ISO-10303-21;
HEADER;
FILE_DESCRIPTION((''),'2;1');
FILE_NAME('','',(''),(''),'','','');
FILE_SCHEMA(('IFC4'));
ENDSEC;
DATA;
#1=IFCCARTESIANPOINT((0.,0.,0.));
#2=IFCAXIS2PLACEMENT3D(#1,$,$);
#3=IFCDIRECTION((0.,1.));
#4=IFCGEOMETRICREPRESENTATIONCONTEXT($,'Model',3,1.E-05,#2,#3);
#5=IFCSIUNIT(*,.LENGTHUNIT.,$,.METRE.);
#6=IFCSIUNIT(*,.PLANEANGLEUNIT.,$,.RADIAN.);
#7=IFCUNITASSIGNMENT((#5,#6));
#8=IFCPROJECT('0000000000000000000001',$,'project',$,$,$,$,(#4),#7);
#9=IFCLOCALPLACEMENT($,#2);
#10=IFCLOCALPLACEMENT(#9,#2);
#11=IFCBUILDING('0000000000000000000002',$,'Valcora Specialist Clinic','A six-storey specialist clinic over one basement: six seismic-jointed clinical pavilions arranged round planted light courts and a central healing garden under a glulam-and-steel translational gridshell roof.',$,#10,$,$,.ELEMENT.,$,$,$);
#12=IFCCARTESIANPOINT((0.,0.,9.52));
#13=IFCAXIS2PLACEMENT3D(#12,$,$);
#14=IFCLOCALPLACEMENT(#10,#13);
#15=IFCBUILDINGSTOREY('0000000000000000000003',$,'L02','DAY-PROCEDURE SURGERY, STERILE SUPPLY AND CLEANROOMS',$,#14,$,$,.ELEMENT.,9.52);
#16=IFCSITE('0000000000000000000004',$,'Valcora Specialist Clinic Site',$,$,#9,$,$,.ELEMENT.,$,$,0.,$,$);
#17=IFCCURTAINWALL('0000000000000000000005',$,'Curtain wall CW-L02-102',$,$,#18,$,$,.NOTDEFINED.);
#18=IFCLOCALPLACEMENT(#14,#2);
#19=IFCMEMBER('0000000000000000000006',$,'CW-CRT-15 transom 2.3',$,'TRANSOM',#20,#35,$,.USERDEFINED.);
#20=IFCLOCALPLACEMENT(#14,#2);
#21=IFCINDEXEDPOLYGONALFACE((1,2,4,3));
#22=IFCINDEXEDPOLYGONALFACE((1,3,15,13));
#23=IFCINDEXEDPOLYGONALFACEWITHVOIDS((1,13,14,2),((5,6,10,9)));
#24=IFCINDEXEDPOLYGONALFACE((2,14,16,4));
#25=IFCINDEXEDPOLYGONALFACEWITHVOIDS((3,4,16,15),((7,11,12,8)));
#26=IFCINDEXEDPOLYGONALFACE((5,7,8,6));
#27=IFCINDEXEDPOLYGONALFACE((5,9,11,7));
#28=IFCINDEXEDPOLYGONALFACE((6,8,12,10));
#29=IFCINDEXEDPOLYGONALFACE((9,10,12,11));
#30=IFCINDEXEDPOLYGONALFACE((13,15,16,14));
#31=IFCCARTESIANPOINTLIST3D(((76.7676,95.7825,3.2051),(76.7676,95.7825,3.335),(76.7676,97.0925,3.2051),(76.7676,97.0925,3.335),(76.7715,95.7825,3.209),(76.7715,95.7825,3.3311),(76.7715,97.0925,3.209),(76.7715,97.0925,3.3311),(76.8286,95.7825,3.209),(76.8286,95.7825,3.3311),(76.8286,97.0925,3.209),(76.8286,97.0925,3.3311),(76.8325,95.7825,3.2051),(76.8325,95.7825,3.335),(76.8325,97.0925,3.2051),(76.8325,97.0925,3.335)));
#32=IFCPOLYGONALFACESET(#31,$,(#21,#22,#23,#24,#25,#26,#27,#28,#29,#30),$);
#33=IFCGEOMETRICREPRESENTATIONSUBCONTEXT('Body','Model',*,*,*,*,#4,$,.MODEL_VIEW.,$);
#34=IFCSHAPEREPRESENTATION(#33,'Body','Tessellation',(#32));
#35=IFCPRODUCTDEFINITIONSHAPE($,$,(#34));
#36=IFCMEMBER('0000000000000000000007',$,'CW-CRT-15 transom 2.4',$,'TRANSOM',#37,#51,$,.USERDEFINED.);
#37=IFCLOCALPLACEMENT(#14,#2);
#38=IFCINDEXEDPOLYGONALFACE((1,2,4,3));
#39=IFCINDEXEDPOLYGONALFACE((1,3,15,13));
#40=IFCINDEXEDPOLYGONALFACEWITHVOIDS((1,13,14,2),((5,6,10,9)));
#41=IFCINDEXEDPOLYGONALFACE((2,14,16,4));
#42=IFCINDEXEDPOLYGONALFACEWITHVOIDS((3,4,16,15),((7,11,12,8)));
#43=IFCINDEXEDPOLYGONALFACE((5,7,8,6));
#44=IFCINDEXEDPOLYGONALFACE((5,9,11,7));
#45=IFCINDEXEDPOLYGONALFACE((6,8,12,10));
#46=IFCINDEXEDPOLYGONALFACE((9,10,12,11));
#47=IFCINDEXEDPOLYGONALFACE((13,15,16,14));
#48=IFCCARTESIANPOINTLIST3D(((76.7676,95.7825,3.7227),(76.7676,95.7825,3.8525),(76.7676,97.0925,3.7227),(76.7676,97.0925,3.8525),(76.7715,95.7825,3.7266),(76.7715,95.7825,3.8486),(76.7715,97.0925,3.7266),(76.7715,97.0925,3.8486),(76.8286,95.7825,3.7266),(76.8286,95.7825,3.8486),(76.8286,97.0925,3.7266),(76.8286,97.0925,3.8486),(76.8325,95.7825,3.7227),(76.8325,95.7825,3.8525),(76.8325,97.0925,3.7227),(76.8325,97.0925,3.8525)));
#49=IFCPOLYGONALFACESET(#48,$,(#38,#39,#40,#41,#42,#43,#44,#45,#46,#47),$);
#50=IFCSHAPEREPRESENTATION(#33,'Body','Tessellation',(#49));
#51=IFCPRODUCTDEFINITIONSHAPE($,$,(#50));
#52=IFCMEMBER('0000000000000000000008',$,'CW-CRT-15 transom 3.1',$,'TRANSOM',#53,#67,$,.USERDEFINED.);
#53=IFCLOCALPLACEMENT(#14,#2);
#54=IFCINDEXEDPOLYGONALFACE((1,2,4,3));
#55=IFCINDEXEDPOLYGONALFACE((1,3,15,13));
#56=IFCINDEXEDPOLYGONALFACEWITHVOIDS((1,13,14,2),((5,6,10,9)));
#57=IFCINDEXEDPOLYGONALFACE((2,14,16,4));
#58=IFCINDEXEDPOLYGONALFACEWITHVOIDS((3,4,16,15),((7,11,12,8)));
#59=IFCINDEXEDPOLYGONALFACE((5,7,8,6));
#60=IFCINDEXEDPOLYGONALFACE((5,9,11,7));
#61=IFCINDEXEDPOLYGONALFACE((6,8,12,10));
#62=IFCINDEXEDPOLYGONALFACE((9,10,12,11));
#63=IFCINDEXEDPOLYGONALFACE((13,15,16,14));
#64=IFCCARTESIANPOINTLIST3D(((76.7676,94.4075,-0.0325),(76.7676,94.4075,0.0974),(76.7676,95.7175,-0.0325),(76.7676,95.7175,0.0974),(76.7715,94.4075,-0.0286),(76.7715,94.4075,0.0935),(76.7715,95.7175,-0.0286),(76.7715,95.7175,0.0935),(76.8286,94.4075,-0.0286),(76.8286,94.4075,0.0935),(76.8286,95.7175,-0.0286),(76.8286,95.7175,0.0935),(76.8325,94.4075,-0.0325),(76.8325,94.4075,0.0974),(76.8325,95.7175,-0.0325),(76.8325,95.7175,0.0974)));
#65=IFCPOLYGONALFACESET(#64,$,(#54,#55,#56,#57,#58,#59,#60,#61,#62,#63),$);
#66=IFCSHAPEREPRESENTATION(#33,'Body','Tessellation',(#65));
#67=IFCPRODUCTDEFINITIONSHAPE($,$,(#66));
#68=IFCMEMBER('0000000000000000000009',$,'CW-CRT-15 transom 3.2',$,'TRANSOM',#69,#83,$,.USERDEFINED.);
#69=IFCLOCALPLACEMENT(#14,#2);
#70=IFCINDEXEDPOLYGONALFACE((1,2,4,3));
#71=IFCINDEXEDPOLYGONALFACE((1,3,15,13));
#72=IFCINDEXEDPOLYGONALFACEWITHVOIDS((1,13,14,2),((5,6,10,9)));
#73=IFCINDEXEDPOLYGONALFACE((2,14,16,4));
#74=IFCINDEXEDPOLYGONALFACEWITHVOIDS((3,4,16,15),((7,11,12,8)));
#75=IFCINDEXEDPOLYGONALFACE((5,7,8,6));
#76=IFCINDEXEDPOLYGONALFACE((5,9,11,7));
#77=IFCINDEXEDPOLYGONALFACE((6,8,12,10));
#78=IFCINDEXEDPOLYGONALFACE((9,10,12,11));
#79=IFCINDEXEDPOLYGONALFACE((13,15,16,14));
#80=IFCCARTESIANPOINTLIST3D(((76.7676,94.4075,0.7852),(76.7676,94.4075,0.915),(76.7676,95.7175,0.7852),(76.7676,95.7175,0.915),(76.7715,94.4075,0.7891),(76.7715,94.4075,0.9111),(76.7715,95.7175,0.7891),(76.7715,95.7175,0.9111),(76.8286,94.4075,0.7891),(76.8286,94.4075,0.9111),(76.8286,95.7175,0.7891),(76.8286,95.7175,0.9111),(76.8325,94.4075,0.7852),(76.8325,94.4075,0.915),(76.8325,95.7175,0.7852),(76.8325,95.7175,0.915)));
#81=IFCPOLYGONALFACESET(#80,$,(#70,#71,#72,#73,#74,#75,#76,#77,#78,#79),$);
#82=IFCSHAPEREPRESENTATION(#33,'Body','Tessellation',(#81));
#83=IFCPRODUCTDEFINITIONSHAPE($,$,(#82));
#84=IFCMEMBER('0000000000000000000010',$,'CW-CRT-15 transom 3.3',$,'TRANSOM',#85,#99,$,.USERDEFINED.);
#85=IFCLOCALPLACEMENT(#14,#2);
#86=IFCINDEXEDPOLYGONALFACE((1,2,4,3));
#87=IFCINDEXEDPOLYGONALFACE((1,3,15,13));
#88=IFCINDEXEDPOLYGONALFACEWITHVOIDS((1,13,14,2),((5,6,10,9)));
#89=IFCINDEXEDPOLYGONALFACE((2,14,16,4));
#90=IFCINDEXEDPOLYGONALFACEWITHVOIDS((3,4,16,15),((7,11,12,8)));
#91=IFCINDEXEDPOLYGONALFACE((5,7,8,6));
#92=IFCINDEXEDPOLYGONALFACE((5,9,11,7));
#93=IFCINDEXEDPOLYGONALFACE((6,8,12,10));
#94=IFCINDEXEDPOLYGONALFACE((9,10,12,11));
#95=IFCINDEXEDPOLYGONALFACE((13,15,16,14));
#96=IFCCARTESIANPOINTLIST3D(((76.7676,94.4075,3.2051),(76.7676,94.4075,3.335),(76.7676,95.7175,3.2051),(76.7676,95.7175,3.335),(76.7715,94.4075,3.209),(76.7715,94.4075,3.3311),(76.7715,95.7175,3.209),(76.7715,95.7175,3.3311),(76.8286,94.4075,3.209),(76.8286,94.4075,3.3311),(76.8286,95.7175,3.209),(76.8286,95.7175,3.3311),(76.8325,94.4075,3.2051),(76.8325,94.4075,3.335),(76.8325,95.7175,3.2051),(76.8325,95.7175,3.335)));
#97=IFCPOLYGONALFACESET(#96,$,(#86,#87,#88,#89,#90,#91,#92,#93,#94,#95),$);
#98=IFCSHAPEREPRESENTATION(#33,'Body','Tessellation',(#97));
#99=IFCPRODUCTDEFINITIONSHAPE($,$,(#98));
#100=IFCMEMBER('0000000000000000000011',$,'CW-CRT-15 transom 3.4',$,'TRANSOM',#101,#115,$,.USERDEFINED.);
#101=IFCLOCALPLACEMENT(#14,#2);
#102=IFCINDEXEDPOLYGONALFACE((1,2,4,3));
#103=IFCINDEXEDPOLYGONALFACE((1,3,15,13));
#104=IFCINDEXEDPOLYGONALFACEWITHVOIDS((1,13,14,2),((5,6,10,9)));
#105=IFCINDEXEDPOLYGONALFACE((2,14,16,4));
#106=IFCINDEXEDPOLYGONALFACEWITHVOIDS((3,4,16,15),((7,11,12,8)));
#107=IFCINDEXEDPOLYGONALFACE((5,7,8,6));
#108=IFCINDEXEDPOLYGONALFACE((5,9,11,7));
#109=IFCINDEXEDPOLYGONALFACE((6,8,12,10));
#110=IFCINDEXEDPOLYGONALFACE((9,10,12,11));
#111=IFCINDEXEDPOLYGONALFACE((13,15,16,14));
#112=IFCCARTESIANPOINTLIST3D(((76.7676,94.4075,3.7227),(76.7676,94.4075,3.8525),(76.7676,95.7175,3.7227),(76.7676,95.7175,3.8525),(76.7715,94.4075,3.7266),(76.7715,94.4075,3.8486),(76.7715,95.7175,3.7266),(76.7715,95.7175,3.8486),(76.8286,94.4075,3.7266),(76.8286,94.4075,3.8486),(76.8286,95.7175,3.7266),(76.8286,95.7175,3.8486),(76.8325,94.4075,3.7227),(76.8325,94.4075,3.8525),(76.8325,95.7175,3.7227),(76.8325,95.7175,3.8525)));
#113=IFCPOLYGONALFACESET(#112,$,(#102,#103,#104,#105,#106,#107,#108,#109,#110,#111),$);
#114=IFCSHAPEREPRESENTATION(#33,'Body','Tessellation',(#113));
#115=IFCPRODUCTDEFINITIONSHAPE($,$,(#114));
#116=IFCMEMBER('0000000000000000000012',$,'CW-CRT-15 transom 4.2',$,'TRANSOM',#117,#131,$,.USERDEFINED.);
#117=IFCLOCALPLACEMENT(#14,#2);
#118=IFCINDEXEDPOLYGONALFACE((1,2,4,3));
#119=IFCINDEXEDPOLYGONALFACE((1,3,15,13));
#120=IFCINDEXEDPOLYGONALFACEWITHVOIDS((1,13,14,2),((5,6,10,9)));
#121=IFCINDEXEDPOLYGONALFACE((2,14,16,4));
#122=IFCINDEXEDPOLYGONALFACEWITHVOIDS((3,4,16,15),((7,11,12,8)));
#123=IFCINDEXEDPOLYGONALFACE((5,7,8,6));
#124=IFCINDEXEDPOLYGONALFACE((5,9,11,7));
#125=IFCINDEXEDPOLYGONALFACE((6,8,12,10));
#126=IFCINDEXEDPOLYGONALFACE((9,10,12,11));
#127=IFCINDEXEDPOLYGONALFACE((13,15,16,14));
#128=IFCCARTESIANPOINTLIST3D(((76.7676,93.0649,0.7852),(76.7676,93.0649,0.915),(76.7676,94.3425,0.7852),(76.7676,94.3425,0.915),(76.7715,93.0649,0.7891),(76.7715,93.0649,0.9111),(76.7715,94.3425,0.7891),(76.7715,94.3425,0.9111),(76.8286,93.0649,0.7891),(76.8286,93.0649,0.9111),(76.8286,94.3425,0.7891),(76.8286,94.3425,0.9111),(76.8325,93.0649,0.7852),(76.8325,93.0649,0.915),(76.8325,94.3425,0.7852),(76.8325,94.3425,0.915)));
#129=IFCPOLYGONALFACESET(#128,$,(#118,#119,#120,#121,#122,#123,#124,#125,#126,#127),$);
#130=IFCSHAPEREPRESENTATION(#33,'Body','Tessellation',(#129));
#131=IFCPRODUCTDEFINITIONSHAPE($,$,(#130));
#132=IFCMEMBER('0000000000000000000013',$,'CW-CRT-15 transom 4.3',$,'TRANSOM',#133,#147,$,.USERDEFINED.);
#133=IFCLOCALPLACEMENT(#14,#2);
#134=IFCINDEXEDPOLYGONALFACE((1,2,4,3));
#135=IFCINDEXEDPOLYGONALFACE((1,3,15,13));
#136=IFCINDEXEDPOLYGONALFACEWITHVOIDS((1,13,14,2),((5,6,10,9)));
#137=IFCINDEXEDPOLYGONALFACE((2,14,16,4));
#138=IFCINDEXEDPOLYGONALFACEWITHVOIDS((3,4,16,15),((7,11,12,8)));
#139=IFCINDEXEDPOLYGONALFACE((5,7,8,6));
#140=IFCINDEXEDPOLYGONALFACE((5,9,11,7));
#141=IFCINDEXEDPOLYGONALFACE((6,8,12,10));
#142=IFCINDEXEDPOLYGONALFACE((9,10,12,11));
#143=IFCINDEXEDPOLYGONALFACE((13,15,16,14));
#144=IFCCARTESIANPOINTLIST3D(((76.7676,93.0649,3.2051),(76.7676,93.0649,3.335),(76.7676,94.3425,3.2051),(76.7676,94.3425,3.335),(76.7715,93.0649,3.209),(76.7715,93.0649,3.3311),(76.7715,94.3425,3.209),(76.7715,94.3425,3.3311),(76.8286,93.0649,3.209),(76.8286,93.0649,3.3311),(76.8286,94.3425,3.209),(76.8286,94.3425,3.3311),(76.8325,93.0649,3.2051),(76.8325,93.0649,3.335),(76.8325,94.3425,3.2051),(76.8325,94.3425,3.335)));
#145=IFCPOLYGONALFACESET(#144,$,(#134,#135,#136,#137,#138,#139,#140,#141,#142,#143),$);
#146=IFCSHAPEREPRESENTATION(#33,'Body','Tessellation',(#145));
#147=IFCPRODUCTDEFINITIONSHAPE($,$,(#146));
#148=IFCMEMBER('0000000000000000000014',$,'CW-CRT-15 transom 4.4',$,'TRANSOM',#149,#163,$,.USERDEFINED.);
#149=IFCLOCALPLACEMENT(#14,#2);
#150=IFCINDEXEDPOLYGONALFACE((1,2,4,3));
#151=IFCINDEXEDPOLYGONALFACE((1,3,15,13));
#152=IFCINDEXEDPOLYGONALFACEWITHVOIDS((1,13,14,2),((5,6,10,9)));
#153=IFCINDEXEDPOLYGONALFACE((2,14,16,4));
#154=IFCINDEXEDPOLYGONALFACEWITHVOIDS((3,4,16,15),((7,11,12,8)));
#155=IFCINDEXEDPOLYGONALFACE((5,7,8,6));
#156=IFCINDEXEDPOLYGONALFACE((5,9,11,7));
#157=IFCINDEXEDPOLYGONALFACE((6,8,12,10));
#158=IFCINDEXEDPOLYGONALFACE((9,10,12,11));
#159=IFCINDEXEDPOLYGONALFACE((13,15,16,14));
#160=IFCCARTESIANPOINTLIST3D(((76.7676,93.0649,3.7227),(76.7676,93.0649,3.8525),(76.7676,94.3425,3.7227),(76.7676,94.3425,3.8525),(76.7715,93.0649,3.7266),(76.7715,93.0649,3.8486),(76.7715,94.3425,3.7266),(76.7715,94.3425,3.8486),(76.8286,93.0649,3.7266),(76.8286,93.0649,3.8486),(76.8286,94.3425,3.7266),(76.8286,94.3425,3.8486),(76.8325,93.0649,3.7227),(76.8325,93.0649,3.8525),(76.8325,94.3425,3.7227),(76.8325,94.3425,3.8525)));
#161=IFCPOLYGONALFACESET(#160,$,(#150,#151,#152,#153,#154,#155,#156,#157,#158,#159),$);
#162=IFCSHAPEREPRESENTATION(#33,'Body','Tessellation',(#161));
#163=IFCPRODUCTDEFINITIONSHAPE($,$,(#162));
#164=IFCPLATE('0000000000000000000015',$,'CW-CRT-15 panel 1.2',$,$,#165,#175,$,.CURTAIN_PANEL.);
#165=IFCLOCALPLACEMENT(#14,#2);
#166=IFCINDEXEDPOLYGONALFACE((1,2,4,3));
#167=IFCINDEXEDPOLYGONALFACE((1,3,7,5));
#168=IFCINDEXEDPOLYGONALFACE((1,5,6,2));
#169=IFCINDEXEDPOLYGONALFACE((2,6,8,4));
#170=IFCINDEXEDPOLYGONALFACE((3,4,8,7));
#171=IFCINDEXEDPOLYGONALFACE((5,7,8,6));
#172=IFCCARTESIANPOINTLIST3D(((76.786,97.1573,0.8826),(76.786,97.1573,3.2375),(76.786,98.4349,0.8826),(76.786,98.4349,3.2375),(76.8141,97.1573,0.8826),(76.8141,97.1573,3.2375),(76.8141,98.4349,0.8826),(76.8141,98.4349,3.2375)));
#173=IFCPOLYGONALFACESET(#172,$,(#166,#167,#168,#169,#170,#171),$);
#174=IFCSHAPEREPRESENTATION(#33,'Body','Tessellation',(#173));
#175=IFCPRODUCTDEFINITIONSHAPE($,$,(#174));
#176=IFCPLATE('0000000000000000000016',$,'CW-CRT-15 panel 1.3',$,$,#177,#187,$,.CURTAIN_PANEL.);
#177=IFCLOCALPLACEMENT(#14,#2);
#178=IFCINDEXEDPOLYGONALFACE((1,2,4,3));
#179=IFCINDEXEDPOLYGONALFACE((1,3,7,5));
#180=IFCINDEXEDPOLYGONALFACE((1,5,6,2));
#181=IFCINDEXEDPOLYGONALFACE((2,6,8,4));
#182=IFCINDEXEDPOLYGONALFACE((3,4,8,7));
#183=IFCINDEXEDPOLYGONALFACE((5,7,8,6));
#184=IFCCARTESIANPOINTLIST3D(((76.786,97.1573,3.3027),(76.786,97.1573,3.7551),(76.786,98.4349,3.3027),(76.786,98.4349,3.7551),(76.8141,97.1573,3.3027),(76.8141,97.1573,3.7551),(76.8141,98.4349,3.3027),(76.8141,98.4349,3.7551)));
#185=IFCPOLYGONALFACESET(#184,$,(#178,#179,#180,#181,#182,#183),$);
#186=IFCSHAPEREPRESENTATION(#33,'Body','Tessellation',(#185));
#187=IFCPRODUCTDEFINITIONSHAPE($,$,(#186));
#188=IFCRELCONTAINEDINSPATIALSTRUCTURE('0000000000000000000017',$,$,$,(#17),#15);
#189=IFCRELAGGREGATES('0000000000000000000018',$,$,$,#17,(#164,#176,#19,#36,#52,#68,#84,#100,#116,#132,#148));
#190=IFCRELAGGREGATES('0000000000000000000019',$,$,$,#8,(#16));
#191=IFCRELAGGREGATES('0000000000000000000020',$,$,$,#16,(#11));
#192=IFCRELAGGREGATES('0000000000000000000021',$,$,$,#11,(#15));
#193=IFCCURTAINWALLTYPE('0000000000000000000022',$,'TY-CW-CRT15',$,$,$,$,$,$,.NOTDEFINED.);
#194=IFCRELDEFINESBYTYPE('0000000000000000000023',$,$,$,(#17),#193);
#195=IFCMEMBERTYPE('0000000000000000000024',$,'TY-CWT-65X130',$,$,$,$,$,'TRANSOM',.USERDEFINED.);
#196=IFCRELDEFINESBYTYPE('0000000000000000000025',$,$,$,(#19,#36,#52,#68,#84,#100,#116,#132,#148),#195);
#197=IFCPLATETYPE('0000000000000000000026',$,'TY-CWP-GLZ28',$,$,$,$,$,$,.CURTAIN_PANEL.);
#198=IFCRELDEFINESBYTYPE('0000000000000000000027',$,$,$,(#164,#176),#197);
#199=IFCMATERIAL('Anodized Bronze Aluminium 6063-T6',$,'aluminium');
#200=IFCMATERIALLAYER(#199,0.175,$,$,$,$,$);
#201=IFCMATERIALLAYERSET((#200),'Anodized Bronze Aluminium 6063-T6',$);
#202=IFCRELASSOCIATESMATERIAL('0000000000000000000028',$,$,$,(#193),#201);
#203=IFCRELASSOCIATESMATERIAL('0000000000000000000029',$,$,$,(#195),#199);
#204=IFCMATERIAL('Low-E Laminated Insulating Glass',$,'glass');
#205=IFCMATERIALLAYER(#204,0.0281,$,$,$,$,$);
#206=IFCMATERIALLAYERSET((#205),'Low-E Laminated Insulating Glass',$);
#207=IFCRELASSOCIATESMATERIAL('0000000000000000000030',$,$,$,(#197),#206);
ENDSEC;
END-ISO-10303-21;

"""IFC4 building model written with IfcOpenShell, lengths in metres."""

from ifc_helpers import new_model, si_unit, direction, frame, origin, origin_2d, place, context, subcontext, project, spatial, rectangle, hollow_rectangle, extrude, material, layer, layer_set, material_profile, profile_set, type_object, element, aggregate, save


model = new_model("IFC4")

# Units and contexts
model_context = context("Model", 3, precision=1e-05, world=origin(), true_north=direction((0.0, 1.0)))
body_context = subcontext(model_context, "Body", "Model", "MODEL_VIEW")
ifc_project = project(units=[si_unit("LENGTHUNIT", "METRE"), si_unit("PLANEANGLEUNIT", "RADIAN")], contexts=[model_context])

# Site, building, storey
site_placement = place(None, origin())
site = spatial("IfcSite", under=ifc_project, at=site_placement, Name="Valcora Specialist Clinic Site", CompositionType="ELEMENT", RefElevation=0.0)
building_placement = place(site_placement, origin())
building = spatial("IfcBuilding", under=site, at=building_placement, Name="Valcora Specialist Clinic", Description="A six-storey specialist clinic over one basement: six seismic-jointed clinical pavilions arranged round planted light courts and a central healing garden under a glulam-and-steel translational gridshell roof.", CompositionType="ELEMENT")
storey_placement = place(building_placement, frame((0.0, 0.0, 9.52)))
storey = spatial("IfcBuildingStorey", under=building, at=storey_placement, Name="L02", Description="DAY-PROCEDURE SURGERY, STERILE SUPPLY AND CLEANROOMS", CompositionType="ELEMENT", Elevation=9.52)

# Shared definitions
ifc_material_1 = material(Name="Anodized Bronze Aluminium 6063-T6", Category="aluminium")
ifc_layer_1 = layer(ifc_material_1, 0.175)
ifc_layer_set_1 = layer_set([ifc_layer_1], Name="Anodized Bronze Aluminium 6063-T6")
curtain_wall_type = type_object("IfcCurtainWallType", Name="TY-CW-CRT15", PredefinedType="NOTDEFINED", material=ifc_layer_set_1)

# Curtain wall, members, plates
curtain_wall_1_placement = place(storey_placement, origin())
curtain_wall_1 = element("IfcCurtainWall", 1, at=curtain_wall_1_placement, inside=storey, type_object=curtain_wall_type, Name="Curtain wall CW-L02-102", PredefinedType="NOTDEFINED")
ifc_material_profile_1 = material_profile(ifc_material_1, hollow_rectangle(XDim=0.0649, YDim=0.1299, WallThickness=0.0039, at=origin_2d()), Name="AL-TRN-65X130")
ifc_profile_set_1 = profile_set([ifc_material_profile_1], Name="Anodized Bronze Aluminium 6063-T6")
member_type_1 = type_object("IfcMemberType", Name="TY-CWT-65X130", ElementType="TRANSOM", PredefinedType="USERDEFINED", material=ifc_profile_set_1)
member_1_placement = place(storey_placement, frame((76.8, 97.0925, 3.27), z_axis=(0.0, -1.0, 0.0), x_axis=(1.0, 0.0, 0.0)))
member_1 = element("IfcMember", 2, at=member_1_placement, type_object=member_type_1, Name="CW-CRT-15 transom 2.3", ObjectType="TRANSOM", PredefinedType="USERDEFINED", context=body_context, shape_type="SweptSolid", body=[
    extrude(hollow_rectangle(XDim=0.0649, YDim=0.1299, WallThickness=0.0039, at=origin_2d()), origin(), (0.0, 0.0, 1.0), 1.3101),
])
member_2_placement = place(storey_placement, frame((76.8, 97.0925, 3.7876), z_axis=(0.0, -1.0, 0.0), x_axis=(1.0, 0.0, 0.0)))
member_2 = element("IfcMember", 3, at=member_2_placement, type_object=member_type_1, Name="CW-CRT-15 transom 2.4", ObjectType="TRANSOM", PredefinedType="USERDEFINED", context=body_context, shape_type="SweptSolid", body=[
    extrude(hollow_rectangle(XDim=0.0649, YDim=0.1299, WallThickness=0.0039, at=origin_2d()), origin(), (0.0, 0.0, 1.0), 1.3101),
])
member_3_placement = place(storey_placement, frame((76.8, 95.7175, 0.0325), z_axis=(0.0, -1.0, 0.0), x_axis=(1.0, 0.0, 0.0)))
member_3 = element("IfcMember", 4, at=member_3_placement, type_object=member_type_1, Name="CW-CRT-15 transom 3.1", ObjectType="TRANSOM", PredefinedType="USERDEFINED", context=body_context, shape_type="SweptSolid", body=[
    extrude(hollow_rectangle(XDim=0.0649, YDim=0.1299, WallThickness=0.0039, at=origin_2d()), origin(), (0.0, 0.0, 1.0), 1.3101),
])
member_4_placement = place(storey_placement, frame((76.8, 95.7175, 0.8501), z_axis=(0.0, -1.0, 0.0), x_axis=(1.0, 0.0, 0.0)))
member_4 = element("IfcMember", 5, at=member_4_placement, type_object=member_type_1, Name="CW-CRT-15 transom 3.2", ObjectType="TRANSOM", PredefinedType="USERDEFINED", context=body_context, shape_type="SweptSolid", body=[
    extrude(hollow_rectangle(XDim=0.0649, YDim=0.1299, WallThickness=0.0039, at=origin_2d()), origin(), (0.0, 0.0, 1.0), 1.3101),
])
member_5_placement = place(storey_placement, frame((76.8, 95.7175, 3.27), z_axis=(0.0, -1.0, 0.0), x_axis=(1.0, 0.0, 0.0)))
member_5 = element("IfcMember", 6, at=member_5_placement, type_object=member_type_1, Name="CW-CRT-15 transom 3.3", ObjectType="TRANSOM", PredefinedType="USERDEFINED", context=body_context, shape_type="SweptSolid", body=[
    extrude(hollow_rectangle(XDim=0.0649, YDim=0.1299, WallThickness=0.0039, at=origin_2d()), origin(), (0.0, 0.0, 1.0), 1.3101),
])
member_6_placement = place(storey_placement, frame((76.8, 95.7175, 3.7876), z_axis=(0.0, -1.0, 0.0), x_axis=(1.0, 0.0, 0.0)))
member_6 = element("IfcMember", 7, at=member_6_placement, type_object=member_type_1, Name="CW-CRT-15 transom 3.4", ObjectType="TRANSOM", PredefinedType="USERDEFINED", context=body_context, shape_type="SweptSolid", body=[
    extrude(hollow_rectangle(XDim=0.0649, YDim=0.1299, WallThickness=0.0039, at=origin_2d()), origin(), (0.0, 0.0, 1.0), 1.3101),
])
member_7_placement = place(storey_placement, frame((76.8, 94.3425, 0.8501), z_axis=(0.0, -1.0, 0.0), x_axis=(1.0, 0.0, 0.0)))
member_7 = element("IfcMember", 8, at=member_7_placement, type_object=member_type_1, Name="CW-CRT-15 transom 4.2", ObjectType="TRANSOM", PredefinedType="USERDEFINED", context=body_context, shape_type="SweptSolid", body=[
    extrude(hollow_rectangle(XDim=0.0649, YDim=0.1299, WallThickness=0.0039, at=origin_2d()), origin(), (0.0, 0.0, 1.0), 1.2776),
])
member_8_placement = place(storey_placement, frame((76.8, 94.3425, 3.27), z_axis=(0.0, -1.0, 0.0), x_axis=(1.0, 0.0, 0.0)))
member_8 = element("IfcMember", 9, at=member_8_placement, type_object=member_type_1, Name="CW-CRT-15 transom 4.3", ObjectType="TRANSOM", PredefinedType="USERDEFINED", context=body_context, shape_type="SweptSolid", body=[
    extrude(hollow_rectangle(XDim=0.0649, YDim=0.1299, WallThickness=0.0039, at=origin_2d()), origin(), (0.0, 0.0, 1.0), 1.2776),
])
member_9_placement = place(storey_placement, frame((76.8, 94.3425, 3.7876), z_axis=(0.0, -1.0, 0.0), x_axis=(1.0, 0.0, 0.0)))
member_9 = element("IfcMember", 10, at=member_9_placement, type_object=member_type_1, Name="CW-CRT-15 transom 4.4", ObjectType="TRANSOM", PredefinedType="USERDEFINED", context=body_context, shape_type="SweptSolid", body=[
    extrude(hollow_rectangle(XDim=0.0649, YDim=0.1299, WallThickness=0.0039, at=origin_2d()), origin(), (0.0, 0.0, 1.0), 1.2776),
])
ifc_material_2 = material(Name="Low-E Laminated Insulating Glass", Category="glass")
ifc_layer_2 = layer(ifc_material_2, 0.0281)
ifc_layer_set_2 = layer_set([ifc_layer_2], Name="Low-E Laminated Insulating Glass")
plate_type_1 = type_object("IfcPlateType", Name="TY-CWP-GLZ28", PredefinedType="CURTAIN_PANEL", material=ifc_layer_set_2)
plate_1_placement = place(storey_placement, frame((76.8, 97.7961, 0.8826), z_axis=(0.0, 0.0, 1.0), x_axis=(0.0, -1.0, 0.0)))
plate_1 = element("IfcPlate", 11, at=plate_1_placement, type_object=plate_type_1, Name="CW-CRT-15 panel 1.2", PredefinedType="CURTAIN_PANEL", context=body_context, shape_type="SweptSolid", body=[
    extrude(rectangle(XDim=1.2776, YDim=0.0281, at=origin_2d()), origin(), (0.0, 0.0, 1.0), 2.355),
])
plate_2_placement = place(storey_placement, frame((76.8, 97.7961, 3.3027), z_axis=(0.0, 0.0, 1.0), x_axis=(0.0, -1.0, 0.0)))
plate_2 = element("IfcPlate", 12, at=plate_2_placement, type_object=plate_type_1, Name="CW-CRT-15 panel 1.3", PredefinedType="CURTAIN_PANEL", context=body_context, shape_type="SweptSolid", body=[
    extrude(rectangle(XDim=1.2776, YDim=0.0281, at=origin_2d()), origin(), (0.0, 0.0, 1.0), 0.4524),
])

aggregate(curtain_wall_1, [plate_1, plate_2, member_1, member_2, member_3, member_4, member_5, member_6, member_7, member_8, member_9])

save(model, "model.ifc")
